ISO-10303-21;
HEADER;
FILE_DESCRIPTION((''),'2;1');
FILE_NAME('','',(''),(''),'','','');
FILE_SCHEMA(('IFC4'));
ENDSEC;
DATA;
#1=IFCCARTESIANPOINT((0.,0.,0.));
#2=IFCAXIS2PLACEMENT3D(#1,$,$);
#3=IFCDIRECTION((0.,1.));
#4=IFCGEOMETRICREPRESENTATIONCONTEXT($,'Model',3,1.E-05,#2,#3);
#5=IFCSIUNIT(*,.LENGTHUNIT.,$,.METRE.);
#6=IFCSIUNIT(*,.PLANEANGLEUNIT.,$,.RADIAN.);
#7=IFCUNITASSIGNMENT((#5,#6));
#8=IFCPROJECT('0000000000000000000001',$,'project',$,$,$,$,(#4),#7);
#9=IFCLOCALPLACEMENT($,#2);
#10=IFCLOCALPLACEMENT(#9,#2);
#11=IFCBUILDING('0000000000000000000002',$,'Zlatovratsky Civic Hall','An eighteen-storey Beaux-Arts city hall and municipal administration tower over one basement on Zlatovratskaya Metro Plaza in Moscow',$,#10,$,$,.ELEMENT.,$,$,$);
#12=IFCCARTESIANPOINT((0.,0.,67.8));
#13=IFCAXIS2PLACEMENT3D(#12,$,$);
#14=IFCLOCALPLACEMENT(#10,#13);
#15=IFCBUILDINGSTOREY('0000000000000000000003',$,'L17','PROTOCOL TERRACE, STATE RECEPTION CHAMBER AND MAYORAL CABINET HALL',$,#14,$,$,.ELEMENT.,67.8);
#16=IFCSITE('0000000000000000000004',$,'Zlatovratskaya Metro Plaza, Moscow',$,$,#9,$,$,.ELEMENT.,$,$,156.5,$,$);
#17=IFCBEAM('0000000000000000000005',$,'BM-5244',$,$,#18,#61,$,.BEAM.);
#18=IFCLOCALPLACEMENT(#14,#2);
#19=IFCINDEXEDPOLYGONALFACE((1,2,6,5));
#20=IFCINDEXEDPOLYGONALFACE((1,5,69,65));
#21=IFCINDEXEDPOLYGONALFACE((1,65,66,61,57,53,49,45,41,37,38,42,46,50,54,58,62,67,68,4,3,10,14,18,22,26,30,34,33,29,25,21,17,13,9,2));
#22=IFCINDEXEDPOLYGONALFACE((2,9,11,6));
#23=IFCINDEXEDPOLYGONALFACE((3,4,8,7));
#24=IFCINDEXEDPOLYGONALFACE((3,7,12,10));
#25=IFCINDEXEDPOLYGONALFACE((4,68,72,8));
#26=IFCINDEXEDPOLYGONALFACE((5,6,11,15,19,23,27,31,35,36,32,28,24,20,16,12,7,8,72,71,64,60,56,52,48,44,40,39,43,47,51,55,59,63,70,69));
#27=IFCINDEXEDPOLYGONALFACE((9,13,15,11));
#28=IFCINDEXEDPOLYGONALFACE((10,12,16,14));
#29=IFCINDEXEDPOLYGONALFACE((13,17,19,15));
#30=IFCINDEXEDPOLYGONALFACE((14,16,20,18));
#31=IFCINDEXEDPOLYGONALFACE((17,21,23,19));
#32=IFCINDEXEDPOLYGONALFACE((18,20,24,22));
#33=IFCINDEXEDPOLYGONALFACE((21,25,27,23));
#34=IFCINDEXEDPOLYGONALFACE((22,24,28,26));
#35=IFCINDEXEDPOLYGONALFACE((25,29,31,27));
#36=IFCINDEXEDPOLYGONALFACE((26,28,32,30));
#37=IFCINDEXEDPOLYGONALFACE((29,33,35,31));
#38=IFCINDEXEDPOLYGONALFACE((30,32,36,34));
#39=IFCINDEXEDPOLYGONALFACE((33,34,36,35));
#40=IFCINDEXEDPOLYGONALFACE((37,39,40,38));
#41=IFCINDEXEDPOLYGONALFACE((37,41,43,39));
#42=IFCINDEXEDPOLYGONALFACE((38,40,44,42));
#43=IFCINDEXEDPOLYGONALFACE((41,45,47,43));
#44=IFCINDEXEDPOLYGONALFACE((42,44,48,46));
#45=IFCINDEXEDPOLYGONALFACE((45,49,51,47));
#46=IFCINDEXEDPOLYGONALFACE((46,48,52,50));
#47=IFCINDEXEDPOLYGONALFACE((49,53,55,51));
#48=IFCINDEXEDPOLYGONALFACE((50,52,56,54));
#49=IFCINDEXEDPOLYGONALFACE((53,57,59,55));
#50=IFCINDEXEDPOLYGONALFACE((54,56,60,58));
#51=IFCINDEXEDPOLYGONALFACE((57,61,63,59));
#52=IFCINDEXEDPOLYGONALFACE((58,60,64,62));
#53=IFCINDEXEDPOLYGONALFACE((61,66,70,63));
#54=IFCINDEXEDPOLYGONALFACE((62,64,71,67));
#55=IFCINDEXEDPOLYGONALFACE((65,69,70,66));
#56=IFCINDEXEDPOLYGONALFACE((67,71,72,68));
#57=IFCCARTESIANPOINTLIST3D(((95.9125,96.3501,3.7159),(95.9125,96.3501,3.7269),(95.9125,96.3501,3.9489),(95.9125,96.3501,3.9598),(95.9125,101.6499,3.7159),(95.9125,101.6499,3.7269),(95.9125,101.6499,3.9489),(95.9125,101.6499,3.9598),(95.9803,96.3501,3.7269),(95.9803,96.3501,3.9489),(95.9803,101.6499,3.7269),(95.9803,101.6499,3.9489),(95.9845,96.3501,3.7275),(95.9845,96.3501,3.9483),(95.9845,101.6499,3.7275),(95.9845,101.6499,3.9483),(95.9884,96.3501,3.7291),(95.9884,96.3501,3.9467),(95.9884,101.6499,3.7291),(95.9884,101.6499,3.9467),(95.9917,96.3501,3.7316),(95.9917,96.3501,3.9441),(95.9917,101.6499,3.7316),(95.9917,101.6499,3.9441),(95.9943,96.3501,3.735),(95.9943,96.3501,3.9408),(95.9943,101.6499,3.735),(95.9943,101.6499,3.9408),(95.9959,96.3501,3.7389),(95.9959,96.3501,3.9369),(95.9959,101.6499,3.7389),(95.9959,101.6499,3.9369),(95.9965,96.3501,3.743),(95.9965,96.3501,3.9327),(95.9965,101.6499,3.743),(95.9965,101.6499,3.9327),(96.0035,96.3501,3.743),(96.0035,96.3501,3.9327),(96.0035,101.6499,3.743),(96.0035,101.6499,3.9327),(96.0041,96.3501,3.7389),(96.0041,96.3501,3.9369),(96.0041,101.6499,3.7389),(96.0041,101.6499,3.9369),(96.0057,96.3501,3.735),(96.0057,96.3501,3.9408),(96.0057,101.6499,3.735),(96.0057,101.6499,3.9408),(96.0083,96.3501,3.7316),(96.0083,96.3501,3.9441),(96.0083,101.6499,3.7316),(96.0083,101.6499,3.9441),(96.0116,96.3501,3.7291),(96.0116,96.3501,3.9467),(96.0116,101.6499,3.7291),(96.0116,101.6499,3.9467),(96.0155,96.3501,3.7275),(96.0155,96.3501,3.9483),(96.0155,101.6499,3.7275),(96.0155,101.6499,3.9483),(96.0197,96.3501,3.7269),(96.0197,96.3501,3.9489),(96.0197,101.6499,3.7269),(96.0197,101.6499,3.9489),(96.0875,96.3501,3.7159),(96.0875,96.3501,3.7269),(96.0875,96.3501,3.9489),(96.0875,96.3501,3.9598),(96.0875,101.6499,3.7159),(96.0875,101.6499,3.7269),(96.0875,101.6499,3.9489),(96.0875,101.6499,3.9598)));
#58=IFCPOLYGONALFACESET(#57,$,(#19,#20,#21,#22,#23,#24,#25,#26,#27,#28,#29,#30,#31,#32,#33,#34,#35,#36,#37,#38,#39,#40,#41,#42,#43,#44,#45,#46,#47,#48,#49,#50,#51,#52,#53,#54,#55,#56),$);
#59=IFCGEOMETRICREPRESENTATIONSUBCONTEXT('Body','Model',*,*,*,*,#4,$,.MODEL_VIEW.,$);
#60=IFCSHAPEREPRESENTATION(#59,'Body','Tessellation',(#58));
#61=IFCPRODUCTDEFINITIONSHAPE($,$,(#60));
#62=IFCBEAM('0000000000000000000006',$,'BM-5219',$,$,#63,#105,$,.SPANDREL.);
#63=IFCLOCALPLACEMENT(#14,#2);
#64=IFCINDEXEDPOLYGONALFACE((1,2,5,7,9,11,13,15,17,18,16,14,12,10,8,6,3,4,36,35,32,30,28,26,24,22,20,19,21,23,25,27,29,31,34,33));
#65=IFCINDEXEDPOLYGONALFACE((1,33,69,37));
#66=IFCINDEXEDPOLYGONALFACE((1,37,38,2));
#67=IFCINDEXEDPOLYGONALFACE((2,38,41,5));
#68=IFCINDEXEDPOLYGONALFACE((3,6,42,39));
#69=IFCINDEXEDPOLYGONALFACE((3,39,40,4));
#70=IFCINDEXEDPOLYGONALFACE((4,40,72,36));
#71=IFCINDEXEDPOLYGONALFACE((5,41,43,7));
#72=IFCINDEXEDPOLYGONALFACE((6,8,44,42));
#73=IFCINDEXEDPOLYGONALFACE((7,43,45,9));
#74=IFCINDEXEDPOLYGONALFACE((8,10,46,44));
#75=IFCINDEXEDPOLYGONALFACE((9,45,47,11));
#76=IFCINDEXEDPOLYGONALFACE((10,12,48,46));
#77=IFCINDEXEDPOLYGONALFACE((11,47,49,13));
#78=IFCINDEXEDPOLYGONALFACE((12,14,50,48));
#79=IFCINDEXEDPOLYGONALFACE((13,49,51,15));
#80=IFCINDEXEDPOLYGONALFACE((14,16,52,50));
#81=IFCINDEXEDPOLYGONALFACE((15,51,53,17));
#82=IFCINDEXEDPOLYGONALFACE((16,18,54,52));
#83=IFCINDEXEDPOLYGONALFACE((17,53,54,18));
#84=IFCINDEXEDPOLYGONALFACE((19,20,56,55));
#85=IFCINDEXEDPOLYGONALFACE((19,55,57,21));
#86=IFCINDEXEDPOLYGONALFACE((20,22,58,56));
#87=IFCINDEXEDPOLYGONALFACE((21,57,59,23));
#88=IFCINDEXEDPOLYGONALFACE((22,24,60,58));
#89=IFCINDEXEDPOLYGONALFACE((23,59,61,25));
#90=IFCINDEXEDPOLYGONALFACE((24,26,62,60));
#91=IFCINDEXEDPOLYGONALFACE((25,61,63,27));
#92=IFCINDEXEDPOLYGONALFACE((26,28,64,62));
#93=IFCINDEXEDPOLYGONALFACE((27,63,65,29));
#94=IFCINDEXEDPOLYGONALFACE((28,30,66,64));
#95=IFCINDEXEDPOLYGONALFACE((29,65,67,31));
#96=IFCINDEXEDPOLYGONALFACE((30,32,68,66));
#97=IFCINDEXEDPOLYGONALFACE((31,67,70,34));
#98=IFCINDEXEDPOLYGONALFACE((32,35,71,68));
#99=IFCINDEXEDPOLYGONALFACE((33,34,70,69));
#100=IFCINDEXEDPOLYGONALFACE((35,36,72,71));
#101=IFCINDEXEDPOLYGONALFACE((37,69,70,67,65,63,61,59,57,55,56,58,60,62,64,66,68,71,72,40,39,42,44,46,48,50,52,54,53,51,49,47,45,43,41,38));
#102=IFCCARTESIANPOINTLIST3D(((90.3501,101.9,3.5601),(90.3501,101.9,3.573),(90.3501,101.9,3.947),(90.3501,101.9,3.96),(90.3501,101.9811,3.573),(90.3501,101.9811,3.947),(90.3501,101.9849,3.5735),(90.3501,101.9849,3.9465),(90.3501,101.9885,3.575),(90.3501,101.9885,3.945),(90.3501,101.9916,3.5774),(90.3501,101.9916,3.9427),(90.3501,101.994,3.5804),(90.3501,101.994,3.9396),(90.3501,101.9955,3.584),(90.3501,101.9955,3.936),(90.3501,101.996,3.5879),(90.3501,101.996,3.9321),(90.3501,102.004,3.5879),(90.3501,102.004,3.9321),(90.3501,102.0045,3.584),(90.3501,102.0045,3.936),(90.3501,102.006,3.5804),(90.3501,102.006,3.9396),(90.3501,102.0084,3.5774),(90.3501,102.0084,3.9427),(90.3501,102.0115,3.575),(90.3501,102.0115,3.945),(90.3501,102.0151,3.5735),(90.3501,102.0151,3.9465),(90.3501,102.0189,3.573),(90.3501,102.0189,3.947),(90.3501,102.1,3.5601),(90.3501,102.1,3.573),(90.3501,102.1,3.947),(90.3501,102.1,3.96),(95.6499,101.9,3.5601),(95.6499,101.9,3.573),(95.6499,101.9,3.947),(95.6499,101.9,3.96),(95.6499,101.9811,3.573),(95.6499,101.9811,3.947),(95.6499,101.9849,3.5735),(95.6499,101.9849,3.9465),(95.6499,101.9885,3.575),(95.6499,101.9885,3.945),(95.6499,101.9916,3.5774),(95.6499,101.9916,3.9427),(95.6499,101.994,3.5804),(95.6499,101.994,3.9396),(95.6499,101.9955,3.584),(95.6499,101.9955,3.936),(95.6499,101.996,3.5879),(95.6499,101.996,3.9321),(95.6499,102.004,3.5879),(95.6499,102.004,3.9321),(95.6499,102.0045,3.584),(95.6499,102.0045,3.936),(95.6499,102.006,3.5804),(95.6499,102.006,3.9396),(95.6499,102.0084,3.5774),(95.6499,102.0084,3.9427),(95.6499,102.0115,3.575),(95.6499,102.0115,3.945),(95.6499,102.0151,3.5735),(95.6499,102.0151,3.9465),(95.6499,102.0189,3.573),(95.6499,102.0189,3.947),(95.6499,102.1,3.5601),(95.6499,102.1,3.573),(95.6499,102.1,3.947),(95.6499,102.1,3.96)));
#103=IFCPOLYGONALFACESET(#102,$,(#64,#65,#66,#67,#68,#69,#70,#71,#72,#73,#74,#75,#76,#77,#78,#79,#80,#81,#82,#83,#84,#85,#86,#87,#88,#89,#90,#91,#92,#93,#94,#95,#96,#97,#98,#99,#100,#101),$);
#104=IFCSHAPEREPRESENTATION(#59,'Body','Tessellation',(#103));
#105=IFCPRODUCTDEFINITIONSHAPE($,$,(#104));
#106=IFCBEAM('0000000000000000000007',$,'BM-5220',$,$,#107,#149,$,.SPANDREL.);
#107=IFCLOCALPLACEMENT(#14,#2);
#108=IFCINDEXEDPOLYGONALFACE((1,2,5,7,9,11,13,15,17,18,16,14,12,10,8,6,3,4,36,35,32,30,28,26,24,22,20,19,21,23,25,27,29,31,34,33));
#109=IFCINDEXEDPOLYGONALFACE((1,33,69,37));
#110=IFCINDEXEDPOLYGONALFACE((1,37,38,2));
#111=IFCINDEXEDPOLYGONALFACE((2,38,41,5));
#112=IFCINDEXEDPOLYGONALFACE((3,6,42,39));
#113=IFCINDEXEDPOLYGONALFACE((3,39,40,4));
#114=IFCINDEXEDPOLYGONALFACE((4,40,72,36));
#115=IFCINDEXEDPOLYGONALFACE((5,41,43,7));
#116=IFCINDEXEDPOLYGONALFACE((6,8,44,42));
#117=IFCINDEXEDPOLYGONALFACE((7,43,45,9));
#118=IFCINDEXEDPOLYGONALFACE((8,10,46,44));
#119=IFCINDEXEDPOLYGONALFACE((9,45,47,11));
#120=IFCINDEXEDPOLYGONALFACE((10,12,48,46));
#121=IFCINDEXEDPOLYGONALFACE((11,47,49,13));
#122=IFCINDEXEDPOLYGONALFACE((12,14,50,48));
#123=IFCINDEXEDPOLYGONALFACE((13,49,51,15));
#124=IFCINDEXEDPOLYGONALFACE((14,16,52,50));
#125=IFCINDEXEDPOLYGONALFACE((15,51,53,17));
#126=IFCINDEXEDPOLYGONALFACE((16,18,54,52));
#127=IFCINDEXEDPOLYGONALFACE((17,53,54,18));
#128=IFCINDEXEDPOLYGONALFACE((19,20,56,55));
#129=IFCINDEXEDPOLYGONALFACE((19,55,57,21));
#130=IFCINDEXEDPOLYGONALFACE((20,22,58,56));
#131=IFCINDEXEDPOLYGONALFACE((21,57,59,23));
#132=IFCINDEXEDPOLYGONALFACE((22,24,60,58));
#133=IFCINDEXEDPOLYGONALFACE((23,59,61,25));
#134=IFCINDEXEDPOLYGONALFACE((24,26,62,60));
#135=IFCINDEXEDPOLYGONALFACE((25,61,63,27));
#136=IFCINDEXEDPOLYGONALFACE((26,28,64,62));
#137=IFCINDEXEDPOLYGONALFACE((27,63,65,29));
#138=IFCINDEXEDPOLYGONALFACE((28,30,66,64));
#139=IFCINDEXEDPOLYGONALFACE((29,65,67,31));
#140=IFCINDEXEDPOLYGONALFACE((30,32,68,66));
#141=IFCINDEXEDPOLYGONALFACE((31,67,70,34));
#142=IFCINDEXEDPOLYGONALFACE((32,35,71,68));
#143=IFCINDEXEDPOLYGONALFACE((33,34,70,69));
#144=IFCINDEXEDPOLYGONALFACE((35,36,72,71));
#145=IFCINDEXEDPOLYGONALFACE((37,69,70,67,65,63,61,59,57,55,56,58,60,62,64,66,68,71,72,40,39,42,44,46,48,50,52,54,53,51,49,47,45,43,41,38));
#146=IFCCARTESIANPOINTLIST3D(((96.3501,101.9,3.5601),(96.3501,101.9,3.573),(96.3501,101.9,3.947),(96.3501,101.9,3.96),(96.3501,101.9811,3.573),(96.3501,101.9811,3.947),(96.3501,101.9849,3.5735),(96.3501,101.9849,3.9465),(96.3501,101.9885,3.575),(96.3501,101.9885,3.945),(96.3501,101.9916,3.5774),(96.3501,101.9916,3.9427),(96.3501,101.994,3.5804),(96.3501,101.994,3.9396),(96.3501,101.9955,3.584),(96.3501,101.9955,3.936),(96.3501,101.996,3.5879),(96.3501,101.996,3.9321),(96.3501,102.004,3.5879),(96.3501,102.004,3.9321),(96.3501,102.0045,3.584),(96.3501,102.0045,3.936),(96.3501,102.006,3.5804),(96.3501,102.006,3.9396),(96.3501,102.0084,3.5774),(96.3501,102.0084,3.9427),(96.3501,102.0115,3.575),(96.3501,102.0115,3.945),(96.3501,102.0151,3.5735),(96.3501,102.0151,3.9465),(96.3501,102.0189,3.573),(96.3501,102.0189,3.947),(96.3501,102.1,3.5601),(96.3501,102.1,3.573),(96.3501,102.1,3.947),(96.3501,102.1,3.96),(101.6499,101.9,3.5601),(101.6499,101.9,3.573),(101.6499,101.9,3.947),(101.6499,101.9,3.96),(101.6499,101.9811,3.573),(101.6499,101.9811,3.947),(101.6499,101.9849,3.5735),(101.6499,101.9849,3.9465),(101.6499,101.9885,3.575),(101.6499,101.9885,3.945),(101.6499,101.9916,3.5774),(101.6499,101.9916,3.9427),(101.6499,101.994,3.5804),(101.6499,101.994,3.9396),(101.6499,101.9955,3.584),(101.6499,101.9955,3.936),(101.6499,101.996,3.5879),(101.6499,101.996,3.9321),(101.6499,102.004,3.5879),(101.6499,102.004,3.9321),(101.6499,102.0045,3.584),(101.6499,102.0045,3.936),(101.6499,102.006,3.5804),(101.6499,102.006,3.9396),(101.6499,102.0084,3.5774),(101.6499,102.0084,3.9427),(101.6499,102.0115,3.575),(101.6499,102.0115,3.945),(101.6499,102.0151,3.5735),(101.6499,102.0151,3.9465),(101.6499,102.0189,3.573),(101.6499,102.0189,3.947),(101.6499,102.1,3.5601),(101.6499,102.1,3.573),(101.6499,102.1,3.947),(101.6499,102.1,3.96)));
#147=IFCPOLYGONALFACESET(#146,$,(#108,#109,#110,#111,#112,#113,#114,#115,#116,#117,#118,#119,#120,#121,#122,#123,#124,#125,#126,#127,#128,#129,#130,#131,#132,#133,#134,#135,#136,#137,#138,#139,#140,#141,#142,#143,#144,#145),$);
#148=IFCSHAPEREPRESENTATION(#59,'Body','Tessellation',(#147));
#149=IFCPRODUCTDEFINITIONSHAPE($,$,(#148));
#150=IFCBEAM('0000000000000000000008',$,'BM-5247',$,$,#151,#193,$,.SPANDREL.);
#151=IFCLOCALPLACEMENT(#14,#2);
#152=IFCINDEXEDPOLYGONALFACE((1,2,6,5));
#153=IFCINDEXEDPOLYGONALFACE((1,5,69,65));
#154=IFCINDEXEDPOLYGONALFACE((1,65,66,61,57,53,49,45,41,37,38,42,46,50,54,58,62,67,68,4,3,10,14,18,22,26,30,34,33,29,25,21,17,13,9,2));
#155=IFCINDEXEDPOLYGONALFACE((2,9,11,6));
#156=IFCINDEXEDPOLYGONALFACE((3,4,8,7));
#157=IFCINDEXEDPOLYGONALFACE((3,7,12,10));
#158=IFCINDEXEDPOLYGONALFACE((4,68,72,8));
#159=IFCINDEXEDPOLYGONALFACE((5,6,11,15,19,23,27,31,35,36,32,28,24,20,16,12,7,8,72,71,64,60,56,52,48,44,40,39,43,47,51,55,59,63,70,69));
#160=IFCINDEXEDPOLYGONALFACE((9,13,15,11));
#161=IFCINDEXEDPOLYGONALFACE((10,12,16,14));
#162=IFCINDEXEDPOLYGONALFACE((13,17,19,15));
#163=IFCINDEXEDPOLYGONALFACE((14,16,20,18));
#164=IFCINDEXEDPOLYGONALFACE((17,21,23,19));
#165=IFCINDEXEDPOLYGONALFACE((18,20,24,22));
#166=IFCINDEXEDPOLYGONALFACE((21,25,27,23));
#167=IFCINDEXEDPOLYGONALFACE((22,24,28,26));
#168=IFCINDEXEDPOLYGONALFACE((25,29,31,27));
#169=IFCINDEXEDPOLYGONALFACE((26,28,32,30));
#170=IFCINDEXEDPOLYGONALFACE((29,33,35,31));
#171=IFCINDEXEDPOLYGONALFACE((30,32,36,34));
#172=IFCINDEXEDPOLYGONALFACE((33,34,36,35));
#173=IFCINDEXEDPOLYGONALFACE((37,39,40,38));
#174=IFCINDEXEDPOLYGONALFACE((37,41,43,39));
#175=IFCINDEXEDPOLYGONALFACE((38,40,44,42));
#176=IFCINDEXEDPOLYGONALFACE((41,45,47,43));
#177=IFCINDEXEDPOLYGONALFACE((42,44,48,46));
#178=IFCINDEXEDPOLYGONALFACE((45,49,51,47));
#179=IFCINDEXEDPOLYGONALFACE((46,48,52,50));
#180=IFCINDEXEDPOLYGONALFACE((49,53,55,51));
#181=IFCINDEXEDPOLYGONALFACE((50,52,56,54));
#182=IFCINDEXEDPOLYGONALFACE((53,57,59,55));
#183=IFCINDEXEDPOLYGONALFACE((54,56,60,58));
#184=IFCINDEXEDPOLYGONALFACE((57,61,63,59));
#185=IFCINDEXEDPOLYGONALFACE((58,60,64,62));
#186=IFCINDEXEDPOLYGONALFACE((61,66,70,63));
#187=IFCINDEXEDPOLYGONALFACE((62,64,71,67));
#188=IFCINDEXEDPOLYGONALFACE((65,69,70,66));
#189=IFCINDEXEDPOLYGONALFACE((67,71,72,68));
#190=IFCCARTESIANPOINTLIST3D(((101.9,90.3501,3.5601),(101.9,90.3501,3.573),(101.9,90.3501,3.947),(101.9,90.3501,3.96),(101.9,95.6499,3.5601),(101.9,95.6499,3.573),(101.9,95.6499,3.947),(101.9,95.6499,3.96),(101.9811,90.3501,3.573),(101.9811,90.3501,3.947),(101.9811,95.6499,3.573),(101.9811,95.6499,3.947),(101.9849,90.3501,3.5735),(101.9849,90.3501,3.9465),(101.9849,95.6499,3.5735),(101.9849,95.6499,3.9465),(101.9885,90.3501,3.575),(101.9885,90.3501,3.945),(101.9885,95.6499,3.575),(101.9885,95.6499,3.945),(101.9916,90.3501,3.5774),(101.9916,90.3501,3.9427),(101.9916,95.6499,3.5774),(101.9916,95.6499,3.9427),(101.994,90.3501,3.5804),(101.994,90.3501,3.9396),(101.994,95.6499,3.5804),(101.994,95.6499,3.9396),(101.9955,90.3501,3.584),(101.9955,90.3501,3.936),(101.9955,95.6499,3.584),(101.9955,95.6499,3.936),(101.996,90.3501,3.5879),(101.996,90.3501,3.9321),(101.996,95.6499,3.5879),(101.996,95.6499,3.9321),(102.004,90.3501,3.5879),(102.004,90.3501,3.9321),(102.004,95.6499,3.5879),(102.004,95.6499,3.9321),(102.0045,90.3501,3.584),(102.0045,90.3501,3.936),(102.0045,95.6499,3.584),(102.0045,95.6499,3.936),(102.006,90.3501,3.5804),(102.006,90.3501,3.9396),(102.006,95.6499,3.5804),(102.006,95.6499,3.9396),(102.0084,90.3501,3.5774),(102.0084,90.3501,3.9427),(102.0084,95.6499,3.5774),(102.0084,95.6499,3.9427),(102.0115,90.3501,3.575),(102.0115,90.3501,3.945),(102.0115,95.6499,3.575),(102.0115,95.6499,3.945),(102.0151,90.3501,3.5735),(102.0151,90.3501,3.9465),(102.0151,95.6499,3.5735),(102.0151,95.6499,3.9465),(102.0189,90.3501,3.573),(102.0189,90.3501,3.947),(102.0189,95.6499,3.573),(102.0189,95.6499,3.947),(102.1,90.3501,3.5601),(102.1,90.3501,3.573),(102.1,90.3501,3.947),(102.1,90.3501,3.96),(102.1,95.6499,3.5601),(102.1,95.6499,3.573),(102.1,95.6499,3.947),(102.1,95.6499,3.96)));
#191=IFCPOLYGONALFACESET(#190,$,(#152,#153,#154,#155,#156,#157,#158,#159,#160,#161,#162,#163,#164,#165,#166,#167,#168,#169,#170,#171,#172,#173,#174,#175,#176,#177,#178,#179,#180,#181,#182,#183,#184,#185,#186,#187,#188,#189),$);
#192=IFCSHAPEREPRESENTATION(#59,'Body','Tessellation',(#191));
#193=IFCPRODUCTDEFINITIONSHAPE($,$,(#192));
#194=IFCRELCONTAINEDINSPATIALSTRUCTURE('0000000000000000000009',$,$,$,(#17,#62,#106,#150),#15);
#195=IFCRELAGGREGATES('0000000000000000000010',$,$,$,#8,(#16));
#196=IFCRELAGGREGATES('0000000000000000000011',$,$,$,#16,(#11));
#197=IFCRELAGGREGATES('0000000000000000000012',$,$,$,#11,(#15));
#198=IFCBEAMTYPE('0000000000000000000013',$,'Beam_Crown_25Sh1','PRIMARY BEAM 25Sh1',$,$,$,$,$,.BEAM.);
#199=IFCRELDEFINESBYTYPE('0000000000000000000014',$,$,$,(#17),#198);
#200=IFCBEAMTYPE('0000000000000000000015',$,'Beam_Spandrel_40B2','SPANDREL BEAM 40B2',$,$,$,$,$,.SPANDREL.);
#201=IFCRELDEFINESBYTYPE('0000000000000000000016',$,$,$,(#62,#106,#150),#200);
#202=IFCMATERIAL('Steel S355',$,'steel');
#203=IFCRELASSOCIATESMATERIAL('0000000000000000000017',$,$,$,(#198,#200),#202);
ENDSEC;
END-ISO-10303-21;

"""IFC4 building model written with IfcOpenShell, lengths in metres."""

from ifc_helpers import new_model, si_unit, direction, frame, origin, origin_2d, place, context, subcontext, project, spatial, i_section, extrude, material, material_profile, profile_set, type_object, element, save


model = new_model("IFC4")

# Units and contexts
model_context = context("Model", 3, precision=1e-05, world=origin(), true_north=direction((0.0, 1.0)))
body_context = subcontext(model_context, "Body", "Model", "MODEL_VIEW")
ifc_project = project(units=[si_unit("LENGTHUNIT", "METRE"), si_unit("PLANEANGLEUNIT", "RADIAN")], contexts=[model_context])

# Site, building, storey
site_placement = place(None, origin())
site = spatial("IfcSite", under=ifc_project, at=site_placement, Name="Zlatovratskaya Metro Plaza, Moscow", CompositionType="ELEMENT", RefElevation=156.5)
building_placement = place(site_placement, origin())
building = spatial("IfcBuilding", under=site, at=building_placement, Name="Zlatovratsky Civic Hall", Description="An eighteen-storey Beaux-Arts city hall and municipal administration tower over one basement on Zlatovratskaya Metro Plaza in Moscow", CompositionType="ELEMENT")
storey_placement = place(building_placement, frame((0.0, 0.0, 67.8)))
storey = spatial("IfcBuildingStorey", under=building, at=storey_placement, Name="L17", Description="PROTOCOL TERRACE, STATE RECEPTION CHAMBER AND MAYORAL CABINET HALL", CompositionType="ELEMENT", Elevation=67.8)

# Shared definitions
ifc_material_1 = material(Name="Steel S355", Category="steel")

# Beams
ifc_material_profile_1 = material_profile(ifc_material_1, i_section(OverallWidth=0.175, OverallDepth=0.2439, WebThickness=0.0071, FlangeThickness=0.011, FilletRadius=0.0161, at=origin_2d()), Name="25Sh1")
ifc_profile_set_1 = profile_set([ifc_material_profile_1], Name="Steel S355")
beam_type_1 = type_object("IfcBeamType", Name="Beam_Crown_25Sh1", Description="PRIMARY BEAM 25Sh1", PredefinedType="BEAM", material=ifc_profile_set_1)
for number, where, z_axis, x_axis, name in (
    (1, (96.0, 96.3501, 3.8379), (0.0, 1.0, 0.0), (-1.0, 0.0, 0.0), "BM-5244"),
):
    element("IfcBeam", number, at=place(storey_placement, frame(where, z_axis=z_axis, x_axis=x_axis)), inside=storey, type_object=beam_type_1, Name=name, PredefinedType="BEAM", context=body_context, shape_type="SweptSolid", body=[
        extrude(i_section(OverallWidth=0.175, OverallDepth=0.2439, WebThickness=0.0071, FlangeThickness=0.011, FilletRadius=0.0161, at=origin_2d()), origin(), (0.0, 0.0, 1.0), 5.2998),
    ])
ifc_material_profile_2 = material_profile(ifc_material_1, i_section(OverallWidth=0.2, OverallDepth=0.3999, WebThickness=0.0081, FlangeThickness=0.0129, FilletRadius=0.0149, at=origin_2d()), Name="40B2")
ifc_profile_set_2 = profile_set([ifc_material_profile_2], Name="Steel S355")
beam_type_2 = type_object("IfcBeamType", Name="Beam_Spandrel_40B2", Description="SPANDREL BEAM 40B2", PredefinedType="SPANDREL", material=ifc_profile_set_2)
for number, where, z_axis, x_axis, name in (
    (2, (90.3501, 102.0, 3.76), (1.0, 0.0, 0.0), (0.0, 1.0, 0.0), "BM-5219"),
    (3, (96.3501, 102.0, 3.76), (1.0, 0.0, 0.0), (0.0, 1.0, 0.0), "BM-5220"),
    (4, (102.0, 90.3501, 3.76), (0.0, 1.0, 0.0), (-1.0, 0.0, 0.0), "BM-5247"),
):
    element("IfcBeam", number, at=place(storey_placement, frame(where, z_axis=z_axis, x_axis=x_axis)), inside=storey, type_object=beam_type_2, Name=name, PredefinedType="SPANDREL", context=body_context, shape_type="SweptSolid", body=[
        extrude(i_section(OverallWidth=0.2, OverallDepth=0.3999, WebThickness=0.0081, FlangeThickness=0.0129, FilletRadius=0.0149, at=origin_2d()), origin(), (0.0, 0.0, 1.0), 5.2998),
    ])

save(model, "model.ifc")
